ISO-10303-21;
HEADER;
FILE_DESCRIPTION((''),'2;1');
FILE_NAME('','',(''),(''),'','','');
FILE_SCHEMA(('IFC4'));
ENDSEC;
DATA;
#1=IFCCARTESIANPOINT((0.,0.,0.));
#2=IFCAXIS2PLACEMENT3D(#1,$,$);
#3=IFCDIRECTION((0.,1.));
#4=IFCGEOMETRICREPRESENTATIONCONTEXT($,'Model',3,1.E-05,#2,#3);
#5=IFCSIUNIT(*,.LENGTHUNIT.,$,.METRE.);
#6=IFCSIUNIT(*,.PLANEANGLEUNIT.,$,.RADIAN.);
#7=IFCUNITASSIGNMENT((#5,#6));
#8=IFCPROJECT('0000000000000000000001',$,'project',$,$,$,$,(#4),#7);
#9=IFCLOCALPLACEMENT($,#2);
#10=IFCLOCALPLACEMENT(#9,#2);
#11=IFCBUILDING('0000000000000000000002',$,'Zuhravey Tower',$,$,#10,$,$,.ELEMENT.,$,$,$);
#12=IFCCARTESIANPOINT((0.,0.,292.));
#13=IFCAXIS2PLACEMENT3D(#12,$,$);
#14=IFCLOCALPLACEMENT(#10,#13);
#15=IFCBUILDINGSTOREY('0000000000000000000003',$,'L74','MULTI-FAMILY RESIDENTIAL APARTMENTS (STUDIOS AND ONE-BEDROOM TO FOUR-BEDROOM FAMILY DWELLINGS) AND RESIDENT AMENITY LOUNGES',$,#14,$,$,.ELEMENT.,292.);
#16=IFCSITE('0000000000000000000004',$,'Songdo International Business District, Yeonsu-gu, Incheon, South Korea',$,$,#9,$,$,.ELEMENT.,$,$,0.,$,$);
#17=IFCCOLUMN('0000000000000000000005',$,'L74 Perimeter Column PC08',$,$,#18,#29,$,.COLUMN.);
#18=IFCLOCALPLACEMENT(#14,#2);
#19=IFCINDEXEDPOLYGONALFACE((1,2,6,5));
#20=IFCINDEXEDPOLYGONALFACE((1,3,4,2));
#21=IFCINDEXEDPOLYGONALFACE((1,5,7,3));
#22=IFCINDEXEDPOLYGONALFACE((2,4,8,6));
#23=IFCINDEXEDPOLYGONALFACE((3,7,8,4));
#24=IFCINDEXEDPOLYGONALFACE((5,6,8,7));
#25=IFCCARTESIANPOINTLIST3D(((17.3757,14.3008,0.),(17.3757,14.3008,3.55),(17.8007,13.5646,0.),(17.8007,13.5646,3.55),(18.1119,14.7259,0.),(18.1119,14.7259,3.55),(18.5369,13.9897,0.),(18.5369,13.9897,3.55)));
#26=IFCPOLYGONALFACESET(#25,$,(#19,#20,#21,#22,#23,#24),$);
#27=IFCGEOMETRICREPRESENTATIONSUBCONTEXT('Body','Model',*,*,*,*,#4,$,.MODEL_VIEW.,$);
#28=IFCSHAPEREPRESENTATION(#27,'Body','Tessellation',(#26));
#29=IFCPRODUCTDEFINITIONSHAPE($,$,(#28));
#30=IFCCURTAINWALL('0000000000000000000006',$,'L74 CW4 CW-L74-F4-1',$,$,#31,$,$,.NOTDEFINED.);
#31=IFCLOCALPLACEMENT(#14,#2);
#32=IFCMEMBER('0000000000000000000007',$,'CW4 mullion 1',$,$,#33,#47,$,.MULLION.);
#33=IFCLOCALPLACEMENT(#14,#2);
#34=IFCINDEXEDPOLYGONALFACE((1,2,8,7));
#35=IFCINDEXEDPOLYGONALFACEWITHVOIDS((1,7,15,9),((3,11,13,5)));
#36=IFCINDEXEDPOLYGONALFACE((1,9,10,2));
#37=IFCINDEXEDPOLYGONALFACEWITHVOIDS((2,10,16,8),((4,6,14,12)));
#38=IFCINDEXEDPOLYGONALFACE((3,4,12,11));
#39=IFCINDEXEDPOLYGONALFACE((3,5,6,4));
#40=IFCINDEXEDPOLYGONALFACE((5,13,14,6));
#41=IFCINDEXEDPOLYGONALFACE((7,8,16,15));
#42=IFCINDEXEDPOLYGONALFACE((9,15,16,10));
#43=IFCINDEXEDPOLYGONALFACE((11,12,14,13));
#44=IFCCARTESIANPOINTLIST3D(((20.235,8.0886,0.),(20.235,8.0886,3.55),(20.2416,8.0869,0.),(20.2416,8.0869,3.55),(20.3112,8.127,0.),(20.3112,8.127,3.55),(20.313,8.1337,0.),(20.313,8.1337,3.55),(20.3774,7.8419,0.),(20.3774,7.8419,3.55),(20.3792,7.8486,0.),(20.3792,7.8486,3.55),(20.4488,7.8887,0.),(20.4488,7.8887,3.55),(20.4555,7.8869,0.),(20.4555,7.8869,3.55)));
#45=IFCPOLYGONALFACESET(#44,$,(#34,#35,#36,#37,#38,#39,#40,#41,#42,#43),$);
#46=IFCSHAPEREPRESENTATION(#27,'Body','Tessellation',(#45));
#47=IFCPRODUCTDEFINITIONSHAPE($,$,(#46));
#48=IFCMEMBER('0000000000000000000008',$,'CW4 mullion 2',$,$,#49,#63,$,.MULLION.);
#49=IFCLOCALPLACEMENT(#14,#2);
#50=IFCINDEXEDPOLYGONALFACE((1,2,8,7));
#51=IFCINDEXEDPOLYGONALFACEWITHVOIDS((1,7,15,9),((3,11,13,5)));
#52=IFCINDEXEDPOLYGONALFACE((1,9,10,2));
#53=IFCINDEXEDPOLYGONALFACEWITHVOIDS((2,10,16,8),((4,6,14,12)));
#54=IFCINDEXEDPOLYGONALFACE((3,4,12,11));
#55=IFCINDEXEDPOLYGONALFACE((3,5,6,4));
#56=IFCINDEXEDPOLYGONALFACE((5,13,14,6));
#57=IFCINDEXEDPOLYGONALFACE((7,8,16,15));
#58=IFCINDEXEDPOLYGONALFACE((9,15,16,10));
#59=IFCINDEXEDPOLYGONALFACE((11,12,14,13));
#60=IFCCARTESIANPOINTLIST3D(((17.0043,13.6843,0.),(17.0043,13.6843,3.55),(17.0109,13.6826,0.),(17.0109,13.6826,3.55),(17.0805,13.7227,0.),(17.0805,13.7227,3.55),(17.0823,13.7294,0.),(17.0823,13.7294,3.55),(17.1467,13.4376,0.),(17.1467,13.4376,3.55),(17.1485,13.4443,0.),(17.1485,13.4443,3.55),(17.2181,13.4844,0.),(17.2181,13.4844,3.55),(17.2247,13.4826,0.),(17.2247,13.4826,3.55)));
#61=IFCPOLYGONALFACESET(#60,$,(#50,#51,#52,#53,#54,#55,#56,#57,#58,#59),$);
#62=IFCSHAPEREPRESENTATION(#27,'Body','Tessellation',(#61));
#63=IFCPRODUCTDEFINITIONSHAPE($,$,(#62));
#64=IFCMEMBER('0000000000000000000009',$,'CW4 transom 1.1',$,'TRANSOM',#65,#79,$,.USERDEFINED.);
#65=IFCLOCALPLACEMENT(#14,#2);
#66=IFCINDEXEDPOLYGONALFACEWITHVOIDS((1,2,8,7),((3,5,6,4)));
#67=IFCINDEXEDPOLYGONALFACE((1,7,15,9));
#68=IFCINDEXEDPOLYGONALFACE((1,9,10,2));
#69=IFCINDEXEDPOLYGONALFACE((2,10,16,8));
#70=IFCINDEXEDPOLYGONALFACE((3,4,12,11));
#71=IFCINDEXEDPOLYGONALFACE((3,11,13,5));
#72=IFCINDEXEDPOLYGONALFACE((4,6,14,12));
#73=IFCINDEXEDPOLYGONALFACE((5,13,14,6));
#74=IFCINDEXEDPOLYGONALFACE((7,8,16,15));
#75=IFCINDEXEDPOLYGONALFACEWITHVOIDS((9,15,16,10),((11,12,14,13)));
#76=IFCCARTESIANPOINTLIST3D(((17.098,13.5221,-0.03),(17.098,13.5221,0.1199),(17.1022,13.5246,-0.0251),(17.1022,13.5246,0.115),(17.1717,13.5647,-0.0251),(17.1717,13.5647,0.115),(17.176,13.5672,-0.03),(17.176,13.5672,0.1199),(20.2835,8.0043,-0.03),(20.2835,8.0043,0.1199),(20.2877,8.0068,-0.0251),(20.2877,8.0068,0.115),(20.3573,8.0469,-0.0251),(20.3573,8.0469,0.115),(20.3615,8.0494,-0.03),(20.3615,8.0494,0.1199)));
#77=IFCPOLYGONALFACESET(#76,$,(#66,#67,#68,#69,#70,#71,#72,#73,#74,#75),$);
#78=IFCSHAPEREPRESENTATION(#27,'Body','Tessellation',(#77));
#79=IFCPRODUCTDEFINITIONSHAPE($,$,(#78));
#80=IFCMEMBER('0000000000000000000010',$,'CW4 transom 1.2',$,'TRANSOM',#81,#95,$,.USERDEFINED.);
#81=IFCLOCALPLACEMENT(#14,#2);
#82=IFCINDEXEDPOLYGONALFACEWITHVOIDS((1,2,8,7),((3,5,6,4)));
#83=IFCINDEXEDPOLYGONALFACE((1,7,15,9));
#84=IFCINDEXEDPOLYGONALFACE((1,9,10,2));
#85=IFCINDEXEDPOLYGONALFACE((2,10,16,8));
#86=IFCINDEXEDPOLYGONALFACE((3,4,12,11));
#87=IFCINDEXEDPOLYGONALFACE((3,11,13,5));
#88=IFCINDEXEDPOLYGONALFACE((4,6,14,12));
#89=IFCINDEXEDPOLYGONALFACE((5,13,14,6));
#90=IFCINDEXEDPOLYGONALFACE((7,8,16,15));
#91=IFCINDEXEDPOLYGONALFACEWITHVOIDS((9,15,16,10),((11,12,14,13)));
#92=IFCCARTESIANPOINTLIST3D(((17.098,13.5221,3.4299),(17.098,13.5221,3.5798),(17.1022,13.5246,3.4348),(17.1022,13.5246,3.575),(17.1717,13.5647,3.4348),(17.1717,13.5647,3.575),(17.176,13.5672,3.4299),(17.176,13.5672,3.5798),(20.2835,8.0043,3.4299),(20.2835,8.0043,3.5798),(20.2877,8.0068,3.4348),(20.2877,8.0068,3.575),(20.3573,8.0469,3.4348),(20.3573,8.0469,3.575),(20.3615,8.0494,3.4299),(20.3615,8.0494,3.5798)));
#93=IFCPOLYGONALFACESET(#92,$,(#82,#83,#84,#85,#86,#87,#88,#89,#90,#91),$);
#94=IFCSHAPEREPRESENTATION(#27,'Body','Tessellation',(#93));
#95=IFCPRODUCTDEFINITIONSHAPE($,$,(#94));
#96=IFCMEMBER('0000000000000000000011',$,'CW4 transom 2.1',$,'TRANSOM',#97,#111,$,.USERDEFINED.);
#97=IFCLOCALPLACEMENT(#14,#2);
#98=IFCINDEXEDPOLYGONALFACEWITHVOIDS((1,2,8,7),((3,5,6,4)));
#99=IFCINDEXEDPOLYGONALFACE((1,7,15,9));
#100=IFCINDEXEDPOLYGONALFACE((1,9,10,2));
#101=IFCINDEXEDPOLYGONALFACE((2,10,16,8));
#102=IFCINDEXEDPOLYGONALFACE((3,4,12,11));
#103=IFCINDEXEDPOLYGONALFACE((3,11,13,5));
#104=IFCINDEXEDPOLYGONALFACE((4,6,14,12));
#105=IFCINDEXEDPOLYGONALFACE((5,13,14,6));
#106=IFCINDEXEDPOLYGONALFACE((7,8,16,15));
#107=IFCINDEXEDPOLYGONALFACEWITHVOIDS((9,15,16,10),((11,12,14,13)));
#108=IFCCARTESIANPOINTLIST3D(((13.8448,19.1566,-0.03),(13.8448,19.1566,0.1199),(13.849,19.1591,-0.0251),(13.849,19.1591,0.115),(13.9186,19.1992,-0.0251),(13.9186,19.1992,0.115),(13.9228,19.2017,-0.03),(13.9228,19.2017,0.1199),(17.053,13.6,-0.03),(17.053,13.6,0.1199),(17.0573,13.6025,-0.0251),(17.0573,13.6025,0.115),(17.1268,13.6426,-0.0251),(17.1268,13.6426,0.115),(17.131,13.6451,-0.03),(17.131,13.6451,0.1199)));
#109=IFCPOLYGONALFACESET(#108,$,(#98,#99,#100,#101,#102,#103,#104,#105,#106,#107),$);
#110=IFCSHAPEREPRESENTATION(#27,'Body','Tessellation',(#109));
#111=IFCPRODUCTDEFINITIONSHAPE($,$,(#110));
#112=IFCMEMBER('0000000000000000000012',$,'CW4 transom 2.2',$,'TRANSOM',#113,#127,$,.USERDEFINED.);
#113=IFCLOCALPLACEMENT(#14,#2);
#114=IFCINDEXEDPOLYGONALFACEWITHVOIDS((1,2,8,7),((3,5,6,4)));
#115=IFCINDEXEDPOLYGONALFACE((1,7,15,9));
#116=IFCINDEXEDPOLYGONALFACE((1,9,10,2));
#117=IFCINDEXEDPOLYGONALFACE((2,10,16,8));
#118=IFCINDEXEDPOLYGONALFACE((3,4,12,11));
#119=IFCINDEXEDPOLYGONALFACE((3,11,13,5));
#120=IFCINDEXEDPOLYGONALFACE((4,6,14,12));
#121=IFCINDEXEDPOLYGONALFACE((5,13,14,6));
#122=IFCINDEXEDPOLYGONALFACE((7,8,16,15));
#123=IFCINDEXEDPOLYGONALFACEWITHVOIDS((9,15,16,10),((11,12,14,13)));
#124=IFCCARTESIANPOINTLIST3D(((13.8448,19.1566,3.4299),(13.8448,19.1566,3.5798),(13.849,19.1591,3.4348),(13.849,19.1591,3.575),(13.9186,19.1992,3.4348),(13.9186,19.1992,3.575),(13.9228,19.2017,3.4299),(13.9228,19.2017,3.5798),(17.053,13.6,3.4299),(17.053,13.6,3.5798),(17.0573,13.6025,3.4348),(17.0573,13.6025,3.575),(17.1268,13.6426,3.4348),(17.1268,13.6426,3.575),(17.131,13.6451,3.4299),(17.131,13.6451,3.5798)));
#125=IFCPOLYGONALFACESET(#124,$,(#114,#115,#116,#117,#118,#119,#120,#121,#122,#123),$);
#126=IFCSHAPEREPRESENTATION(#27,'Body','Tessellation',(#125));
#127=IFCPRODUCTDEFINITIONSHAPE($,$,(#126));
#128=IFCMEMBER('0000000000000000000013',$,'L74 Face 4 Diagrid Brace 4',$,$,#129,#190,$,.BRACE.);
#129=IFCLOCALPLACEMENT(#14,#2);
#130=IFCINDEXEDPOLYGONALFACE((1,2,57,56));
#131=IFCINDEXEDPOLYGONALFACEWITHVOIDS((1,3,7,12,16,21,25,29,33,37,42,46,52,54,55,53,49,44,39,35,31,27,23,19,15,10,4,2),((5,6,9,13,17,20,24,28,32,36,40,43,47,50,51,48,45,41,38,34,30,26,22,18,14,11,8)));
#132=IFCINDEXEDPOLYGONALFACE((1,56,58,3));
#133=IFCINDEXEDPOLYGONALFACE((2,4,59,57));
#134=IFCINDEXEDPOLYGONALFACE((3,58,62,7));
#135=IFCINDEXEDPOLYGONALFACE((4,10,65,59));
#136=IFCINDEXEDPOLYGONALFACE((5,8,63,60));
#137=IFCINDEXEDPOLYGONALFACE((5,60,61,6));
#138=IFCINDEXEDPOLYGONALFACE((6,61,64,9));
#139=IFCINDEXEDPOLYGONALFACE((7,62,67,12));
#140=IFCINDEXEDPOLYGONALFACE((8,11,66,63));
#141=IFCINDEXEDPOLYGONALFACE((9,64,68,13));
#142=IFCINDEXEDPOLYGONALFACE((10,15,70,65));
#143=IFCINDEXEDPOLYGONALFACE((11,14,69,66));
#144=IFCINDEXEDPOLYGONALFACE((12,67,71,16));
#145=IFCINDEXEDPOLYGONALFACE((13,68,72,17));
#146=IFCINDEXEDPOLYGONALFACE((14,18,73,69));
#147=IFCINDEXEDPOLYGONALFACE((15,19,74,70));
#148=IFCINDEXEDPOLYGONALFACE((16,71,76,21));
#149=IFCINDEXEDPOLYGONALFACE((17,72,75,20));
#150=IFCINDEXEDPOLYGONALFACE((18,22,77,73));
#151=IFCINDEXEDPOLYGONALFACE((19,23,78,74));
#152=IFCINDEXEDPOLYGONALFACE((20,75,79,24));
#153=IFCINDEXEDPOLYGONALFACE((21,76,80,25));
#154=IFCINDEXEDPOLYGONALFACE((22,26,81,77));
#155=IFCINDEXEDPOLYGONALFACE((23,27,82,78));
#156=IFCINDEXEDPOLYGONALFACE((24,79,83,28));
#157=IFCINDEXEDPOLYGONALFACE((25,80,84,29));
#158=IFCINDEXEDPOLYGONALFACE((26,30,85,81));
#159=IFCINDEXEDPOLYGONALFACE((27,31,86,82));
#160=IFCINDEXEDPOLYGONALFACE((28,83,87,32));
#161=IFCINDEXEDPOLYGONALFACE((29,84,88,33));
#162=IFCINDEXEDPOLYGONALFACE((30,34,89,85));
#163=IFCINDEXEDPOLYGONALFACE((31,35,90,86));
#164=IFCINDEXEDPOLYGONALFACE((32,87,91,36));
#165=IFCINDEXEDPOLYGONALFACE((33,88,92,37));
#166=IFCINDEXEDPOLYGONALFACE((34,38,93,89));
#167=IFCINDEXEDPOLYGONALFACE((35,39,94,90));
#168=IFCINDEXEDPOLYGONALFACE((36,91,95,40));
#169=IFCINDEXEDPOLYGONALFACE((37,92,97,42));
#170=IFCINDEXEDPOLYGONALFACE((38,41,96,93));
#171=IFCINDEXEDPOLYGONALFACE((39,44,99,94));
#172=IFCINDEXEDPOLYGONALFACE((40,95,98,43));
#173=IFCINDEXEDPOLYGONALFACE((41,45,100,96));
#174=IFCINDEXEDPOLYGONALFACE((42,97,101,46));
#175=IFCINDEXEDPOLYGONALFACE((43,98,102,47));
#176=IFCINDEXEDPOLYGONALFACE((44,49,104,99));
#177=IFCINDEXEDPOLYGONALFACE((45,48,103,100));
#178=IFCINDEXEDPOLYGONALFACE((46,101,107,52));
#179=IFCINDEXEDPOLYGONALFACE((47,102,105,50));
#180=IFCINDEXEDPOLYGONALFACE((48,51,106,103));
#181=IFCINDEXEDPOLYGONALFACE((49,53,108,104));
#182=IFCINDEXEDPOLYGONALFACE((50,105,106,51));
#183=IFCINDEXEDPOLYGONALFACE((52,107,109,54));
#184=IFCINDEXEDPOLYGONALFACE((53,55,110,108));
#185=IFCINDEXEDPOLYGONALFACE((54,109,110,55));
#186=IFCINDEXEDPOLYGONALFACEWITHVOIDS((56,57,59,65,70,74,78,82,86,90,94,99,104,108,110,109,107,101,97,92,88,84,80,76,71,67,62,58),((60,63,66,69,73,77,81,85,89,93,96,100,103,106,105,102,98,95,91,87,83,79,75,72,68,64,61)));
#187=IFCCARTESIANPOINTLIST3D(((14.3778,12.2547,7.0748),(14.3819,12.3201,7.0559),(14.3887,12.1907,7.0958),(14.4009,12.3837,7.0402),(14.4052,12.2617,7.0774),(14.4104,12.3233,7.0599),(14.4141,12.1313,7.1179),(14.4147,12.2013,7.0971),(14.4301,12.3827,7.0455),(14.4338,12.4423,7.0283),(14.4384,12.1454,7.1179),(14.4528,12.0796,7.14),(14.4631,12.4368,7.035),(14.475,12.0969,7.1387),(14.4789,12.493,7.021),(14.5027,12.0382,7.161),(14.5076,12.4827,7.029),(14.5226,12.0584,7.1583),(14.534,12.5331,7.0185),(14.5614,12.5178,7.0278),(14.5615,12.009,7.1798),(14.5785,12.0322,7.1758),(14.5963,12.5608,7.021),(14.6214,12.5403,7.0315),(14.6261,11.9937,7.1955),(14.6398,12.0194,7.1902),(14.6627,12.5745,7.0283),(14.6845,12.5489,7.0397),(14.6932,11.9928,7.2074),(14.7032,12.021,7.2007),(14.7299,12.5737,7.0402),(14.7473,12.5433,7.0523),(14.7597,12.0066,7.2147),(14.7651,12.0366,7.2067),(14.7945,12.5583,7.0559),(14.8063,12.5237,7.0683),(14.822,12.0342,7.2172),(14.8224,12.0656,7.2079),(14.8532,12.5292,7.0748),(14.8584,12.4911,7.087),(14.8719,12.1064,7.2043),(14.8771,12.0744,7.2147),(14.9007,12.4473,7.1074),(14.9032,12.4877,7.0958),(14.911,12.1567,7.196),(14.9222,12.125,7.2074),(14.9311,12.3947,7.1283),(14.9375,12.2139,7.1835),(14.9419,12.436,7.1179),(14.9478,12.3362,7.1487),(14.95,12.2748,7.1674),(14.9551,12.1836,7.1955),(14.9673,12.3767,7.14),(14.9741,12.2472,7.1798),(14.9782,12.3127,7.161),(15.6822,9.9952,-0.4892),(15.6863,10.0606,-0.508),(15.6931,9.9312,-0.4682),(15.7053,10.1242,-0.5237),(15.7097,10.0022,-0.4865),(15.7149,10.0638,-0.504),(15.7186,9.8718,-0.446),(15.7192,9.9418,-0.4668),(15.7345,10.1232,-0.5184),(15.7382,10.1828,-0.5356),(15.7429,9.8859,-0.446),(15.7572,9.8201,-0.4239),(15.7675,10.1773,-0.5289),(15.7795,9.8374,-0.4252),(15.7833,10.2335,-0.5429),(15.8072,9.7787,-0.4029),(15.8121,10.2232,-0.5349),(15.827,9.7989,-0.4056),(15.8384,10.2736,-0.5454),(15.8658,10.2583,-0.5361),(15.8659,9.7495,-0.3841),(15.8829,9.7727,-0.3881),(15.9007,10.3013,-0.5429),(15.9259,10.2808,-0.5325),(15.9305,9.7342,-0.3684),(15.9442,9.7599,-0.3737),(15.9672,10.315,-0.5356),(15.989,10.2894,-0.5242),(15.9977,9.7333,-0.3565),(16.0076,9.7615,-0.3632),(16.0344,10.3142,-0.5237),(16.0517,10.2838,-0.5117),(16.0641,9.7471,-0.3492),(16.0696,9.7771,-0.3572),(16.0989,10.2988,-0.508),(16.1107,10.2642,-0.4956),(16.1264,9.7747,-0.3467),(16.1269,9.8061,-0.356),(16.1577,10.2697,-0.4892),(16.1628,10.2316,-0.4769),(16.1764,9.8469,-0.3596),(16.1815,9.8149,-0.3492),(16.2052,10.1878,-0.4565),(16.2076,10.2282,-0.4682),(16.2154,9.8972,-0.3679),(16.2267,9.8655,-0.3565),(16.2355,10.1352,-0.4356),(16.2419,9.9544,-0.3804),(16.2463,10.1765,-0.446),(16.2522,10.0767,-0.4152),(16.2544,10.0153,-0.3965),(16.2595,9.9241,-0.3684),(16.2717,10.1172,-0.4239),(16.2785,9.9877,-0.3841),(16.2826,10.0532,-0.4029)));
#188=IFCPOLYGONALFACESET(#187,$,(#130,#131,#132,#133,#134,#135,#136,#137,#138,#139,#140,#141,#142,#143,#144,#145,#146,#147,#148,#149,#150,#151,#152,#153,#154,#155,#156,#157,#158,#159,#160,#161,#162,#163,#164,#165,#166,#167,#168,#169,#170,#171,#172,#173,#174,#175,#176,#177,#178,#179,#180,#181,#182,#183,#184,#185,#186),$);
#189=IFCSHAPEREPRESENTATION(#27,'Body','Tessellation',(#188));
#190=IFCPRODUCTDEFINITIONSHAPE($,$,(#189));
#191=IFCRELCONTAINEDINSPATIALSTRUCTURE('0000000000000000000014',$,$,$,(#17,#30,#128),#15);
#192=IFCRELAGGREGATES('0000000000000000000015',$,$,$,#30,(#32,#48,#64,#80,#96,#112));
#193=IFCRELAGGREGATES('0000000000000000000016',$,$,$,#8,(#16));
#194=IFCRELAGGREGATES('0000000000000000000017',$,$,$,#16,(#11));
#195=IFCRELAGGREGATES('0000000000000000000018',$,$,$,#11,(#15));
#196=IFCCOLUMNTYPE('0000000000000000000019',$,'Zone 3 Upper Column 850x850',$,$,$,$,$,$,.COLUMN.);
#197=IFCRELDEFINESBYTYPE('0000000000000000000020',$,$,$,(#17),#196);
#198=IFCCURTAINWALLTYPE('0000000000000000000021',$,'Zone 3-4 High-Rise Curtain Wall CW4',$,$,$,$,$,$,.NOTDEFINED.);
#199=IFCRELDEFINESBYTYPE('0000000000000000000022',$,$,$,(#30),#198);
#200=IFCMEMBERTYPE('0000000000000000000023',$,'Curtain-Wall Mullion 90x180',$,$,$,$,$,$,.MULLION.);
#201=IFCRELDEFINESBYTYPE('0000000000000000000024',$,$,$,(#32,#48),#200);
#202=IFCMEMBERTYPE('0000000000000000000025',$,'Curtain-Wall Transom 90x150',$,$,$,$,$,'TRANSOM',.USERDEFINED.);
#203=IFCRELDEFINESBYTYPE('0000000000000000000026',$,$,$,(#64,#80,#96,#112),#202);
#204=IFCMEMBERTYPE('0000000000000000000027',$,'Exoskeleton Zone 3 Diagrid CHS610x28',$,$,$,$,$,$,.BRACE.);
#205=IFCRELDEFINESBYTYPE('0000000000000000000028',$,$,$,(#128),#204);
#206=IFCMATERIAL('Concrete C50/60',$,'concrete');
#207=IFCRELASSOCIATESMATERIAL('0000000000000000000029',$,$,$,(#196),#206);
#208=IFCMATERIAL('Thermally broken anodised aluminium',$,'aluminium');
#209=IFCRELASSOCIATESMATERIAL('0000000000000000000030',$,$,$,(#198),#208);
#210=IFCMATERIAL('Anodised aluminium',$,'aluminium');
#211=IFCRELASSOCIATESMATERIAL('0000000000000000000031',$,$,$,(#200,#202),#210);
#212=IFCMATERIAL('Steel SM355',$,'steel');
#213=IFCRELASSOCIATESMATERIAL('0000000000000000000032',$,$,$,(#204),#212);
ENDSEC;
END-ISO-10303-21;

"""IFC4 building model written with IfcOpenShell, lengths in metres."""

from ifc_helpers import new_model, si_unit, direction, frame, origin, origin_2d, place, context, subcontext, project, spatial, rectangle, hollow_rectangle, hollow_circle, extrude, material, material_profile, profile_set, type_object, element, aggregate, save


model = new_model("IFC4")

# Units and contexts
model_context = context("Model", 3, precision=1e-05, world=origin(), true_north=direction((0.0, 1.0)))
body_context = subcontext(model_context, "Body", "Model", "MODEL_VIEW")
ifc_project = project(units=[si_unit("LENGTHUNIT", "METRE"), si_unit("PLANEANGLEUNIT", "RADIAN")], contexts=[model_context])

# Site, building, storey
site_placement = place(None, origin())
site = spatial("IfcSite", under=ifc_project, at=site_placement, Name="Songdo International Business District, Yeonsu-gu, Incheon, South Korea", CompositionType="ELEMENT", RefElevation=0.0)
building_placement = place(site_placement, origin())
building = spatial("IfcBuilding", under=site, at=building_placement, Name="Zuhravey Tower", CompositionType="ELEMENT")
storey_placement = place(building_placement, frame((0.0, 0.0, 292.0)))
storey = spatial("IfcBuildingStorey", under=building, at=storey_placement, Name="L74", Description="MULTI-FAMILY RESIDENTIAL APARTMENTS (STUDIOS AND ONE-BEDROOM TO FOUR-BEDROOM FAMILY DWELLINGS) AND RESIDENT AMENITY LOUNGES", CompositionType="ELEMENT", Elevation=292.0)

# Column
ifc_material_1 = material(Name="Concrete C50/60", Category="concrete")
ifc_material_profile_1 = material_profile(ifc_material_1, rectangle(XDim=0.8501, YDim=0.8501, at=origin_2d()), Name="RC-850x850")
ifc_profile_set_1 = profile_set([ifc_material_profile_1], Name="Concrete C50/60")
column_type = type_object("IfcColumnType", Name="Zone 3 Upper Column 850x850", PredefinedType="COLUMN", material=ifc_profile_set_1)
column_placement = place(storey_placement, frame((17.9563, 14.1453, 0.0), z_axis=(0.0, 0.0, 1.0), x_axis=(0.5, -0.866025, 0.0)))
element("IfcColumn", 1, at=column_placement, inside=storey, type_object=column_type, Name="L74 Perimeter Column PC08", PredefinedType="COLUMN", context=body_context, shape_type="SweptSolid", body=[
    extrude(rectangle(XDim=0.8501, YDim=0.8501, at=origin_2d()), origin(), (0.0, 0.0, 1.0), 3.55),
])

# Curtain wall, members
ifc_material_2 = material(Name="Thermally broken anodised aluminium", Category="aluminium")
curtain_wall_type = type_object("IfcCurtainWallType", Name="Zone 3-4 High-Rise Curtain Wall CW4", PredefinedType="NOTDEFINED", material=ifc_material_2)
curtain_wall_placement = place(storey_placement, origin())
curtain_wall = element("IfcCurtainWall", 2, at=curtain_wall_placement, inside=storey, type_object=curtain_wall_type, Name="L74 CW4 CW-L74-F4-1", PredefinedType="NOTDEFINED")
ifc_material_3 = material(Name="Anodised aluminium", Category="aluminium")
ifc_material_profile_2 = material_profile(ifc_material_3, hollow_rectangle(XDim=0.0901, YDim=0.2849, WallThickness=0.0049, at=origin_2d()), Name="ALU-RHS-90x285x5")
ifc_profile_set_2 = profile_set([ifc_material_profile_2], Name="Anodised aluminium")
member_type_1 = type_object("IfcMemberType", Name="Curtain-Wall Mullion 90x180", PredefinedType="MULLION", material=ifc_profile_set_2)
member_1_placement = place(storey_placement, frame((20.3452, 7.9878, 0.0), z_axis=(0.0, 0.0, 1.0), x_axis=(-0.866025, -0.500001, 0.0)))
member_1 = element("IfcMember", 3, at=member_1_placement, type_object=member_type_1, Name="CW4 mullion 1", PredefinedType="MULLION", context=body_context, shape_type="SweptSolid", body=[
    extrude(hollow_rectangle(XDim=0.0901, YDim=0.2849, WallThickness=0.0049, at=origin_2d()), origin(), (0.0, 0.0, 1.0), 3.55),
])
member_2_placement = place(storey_placement, frame((17.1145, 13.5835, 0.0), z_axis=(0.0, 0.0, 1.0), x_axis=(-0.866025, -0.500001, 0.0)))
member_2 = element("IfcMember", 4, at=member_2_placement, type_object=member_type_1, Name="CW4 mullion 2", PredefinedType="MULLION", context=body_context, shape_type="SweptSolid", body=[
    extrude(hollow_rectangle(XDim=0.0901, YDim=0.2849, WallThickness=0.0049, at=origin_2d()), origin(), (0.0, 0.0, 1.0), 3.55),
])
ifc_material_profile_3 = material_profile(ifc_material_3, hollow_rectangle(XDim=0.0901, YDim=0.1499, WallThickness=0.0049, at=origin_2d()), Name="ALU-RHS-90x150x5")
ifc_profile_set_3 = profile_set([ifc_material_profile_3], Name="Anodised aluminium")
member_type_2 = type_object("IfcMemberType", Name="Curtain-Wall Transom 90x150", ElementType="TRANSOM", PredefinedType="USERDEFINED", material=ifc_profile_set_3)
member_3_placement = place(storey_placement, frame((20.3225, 8.0269, 0.0449), z_axis=(-0.49998, 0.866037, 0.0), x_axis=(-0.866037, -0.49998, 0.0)))
member_3 = element("IfcMember", 5, at=member_3_placement, type_object=member_type_2, Name="CW4 transom 1.1", ObjectType="TRANSOM", PredefinedType="USERDEFINED", context=body_context, shape_type="SweptSolid", body=[
    extrude(hollow_rectangle(XDim=0.0901, YDim=0.1499, WallThickness=0.0049, at=origin_2d()), origin(), (0.0, 0.0, 1.0), 6.3713),
])
member_4_placement = place(storey_placement, frame((20.3225, 8.0269, 3.5049), z_axis=(-0.49998, 0.866037, 0.0), x_axis=(-0.866037, -0.49998, 0.0)))
member_4 = element("IfcMember", 6, at=member_4_placement, type_object=member_type_2, Name="CW4 transom 1.2", ObjectType="TRANSOM", PredefinedType="USERDEFINED", context=body_context, shape_type="SweptSolid", body=[
    extrude(hollow_rectangle(XDim=0.0901, YDim=0.1499, WallThickness=0.0049, at=origin_2d()), origin(), (0.0, 0.0, 1.0), 6.3713),
])
member_5_placement = place(storey_placement, frame((17.092, 13.6226, 0.0449), z_axis=(-0.500014, 0.866017, 0.0), x_axis=(-0.866017, -0.500014, 0.0)))
member_5 = element("IfcMember", 7, at=member_5_placement, type_object=member_type_2, Name="CW4 transom 2.1", ObjectType="TRANSOM", PredefinedType="USERDEFINED", context=body_context, shape_type="SweptSolid", body=[
    extrude(hollow_rectangle(XDim=0.0901, YDim=0.1499, WallThickness=0.0049, at=origin_2d()), origin(), (0.0, 0.0, 1.0), 6.4163),
])
member_6_placement = place(storey_placement, frame((17.092, 13.6226, 3.5049), z_axis=(-0.500014, 0.866017, 0.0), x_axis=(-0.866017, -0.500014, 0.0)))
member_6 = element("IfcMember", 8, at=member_6_placement, type_object=member_type_2, Name="CW4 transom 2.2", ObjectType="TRANSOM", PredefinedType="USERDEFINED", context=body_context, shape_type="SweptSolid", body=[
    extrude(hollow_rectangle(XDim=0.0901, YDim=0.1499, WallThickness=0.0049, at=origin_2d()), origin(), (0.0, 0.0, 1.0), 6.4163),
])

# Member
ifc_material_4 = material(Name="Steel SM355", Category="steel")
ifc_material_profile_4 = material_profile(ifc_material_4, hollow_circle(Radius=0.3047, WallThickness=0.0281, at=origin_2d()), Name="CHS-609.6x28")
ifc_profile_set_4 = profile_set([ifc_material_profile_4], Name="Steel SM355")
member_type_3 = type_object("IfcMemberType", Name="Exoskeleton Zone 3 Diagrid CHS610x28", PredefinedType="BRACE", material=ifc_profile_set_4)
member_7_placement = place(storey_placement, frame((15.9824, 10.0242, -0.446), z_axis=(-0.163029, 0.282395, 0.945344), x_axis=(-0.866041, -0.499974, 0.0)))
element("IfcMember", 9, at=member_7_placement, inside=storey, type_object=member_type_3, Name="L74 Face 4 Diagrid Brace 4", PredefinedType="BRACE", context=body_context, shape_type="SweptSolid", body=[
    extrude(hollow_circle(Radius=0.3047, WallThickness=0.0281, at=origin_2d()), origin(), (0.0, 0.0, 1.0), 8.0012),
])

aggregate(curtain_wall, [member_1, member_2, member_3, member_4, member_5, member_6])

save(model, "model.ifc")
